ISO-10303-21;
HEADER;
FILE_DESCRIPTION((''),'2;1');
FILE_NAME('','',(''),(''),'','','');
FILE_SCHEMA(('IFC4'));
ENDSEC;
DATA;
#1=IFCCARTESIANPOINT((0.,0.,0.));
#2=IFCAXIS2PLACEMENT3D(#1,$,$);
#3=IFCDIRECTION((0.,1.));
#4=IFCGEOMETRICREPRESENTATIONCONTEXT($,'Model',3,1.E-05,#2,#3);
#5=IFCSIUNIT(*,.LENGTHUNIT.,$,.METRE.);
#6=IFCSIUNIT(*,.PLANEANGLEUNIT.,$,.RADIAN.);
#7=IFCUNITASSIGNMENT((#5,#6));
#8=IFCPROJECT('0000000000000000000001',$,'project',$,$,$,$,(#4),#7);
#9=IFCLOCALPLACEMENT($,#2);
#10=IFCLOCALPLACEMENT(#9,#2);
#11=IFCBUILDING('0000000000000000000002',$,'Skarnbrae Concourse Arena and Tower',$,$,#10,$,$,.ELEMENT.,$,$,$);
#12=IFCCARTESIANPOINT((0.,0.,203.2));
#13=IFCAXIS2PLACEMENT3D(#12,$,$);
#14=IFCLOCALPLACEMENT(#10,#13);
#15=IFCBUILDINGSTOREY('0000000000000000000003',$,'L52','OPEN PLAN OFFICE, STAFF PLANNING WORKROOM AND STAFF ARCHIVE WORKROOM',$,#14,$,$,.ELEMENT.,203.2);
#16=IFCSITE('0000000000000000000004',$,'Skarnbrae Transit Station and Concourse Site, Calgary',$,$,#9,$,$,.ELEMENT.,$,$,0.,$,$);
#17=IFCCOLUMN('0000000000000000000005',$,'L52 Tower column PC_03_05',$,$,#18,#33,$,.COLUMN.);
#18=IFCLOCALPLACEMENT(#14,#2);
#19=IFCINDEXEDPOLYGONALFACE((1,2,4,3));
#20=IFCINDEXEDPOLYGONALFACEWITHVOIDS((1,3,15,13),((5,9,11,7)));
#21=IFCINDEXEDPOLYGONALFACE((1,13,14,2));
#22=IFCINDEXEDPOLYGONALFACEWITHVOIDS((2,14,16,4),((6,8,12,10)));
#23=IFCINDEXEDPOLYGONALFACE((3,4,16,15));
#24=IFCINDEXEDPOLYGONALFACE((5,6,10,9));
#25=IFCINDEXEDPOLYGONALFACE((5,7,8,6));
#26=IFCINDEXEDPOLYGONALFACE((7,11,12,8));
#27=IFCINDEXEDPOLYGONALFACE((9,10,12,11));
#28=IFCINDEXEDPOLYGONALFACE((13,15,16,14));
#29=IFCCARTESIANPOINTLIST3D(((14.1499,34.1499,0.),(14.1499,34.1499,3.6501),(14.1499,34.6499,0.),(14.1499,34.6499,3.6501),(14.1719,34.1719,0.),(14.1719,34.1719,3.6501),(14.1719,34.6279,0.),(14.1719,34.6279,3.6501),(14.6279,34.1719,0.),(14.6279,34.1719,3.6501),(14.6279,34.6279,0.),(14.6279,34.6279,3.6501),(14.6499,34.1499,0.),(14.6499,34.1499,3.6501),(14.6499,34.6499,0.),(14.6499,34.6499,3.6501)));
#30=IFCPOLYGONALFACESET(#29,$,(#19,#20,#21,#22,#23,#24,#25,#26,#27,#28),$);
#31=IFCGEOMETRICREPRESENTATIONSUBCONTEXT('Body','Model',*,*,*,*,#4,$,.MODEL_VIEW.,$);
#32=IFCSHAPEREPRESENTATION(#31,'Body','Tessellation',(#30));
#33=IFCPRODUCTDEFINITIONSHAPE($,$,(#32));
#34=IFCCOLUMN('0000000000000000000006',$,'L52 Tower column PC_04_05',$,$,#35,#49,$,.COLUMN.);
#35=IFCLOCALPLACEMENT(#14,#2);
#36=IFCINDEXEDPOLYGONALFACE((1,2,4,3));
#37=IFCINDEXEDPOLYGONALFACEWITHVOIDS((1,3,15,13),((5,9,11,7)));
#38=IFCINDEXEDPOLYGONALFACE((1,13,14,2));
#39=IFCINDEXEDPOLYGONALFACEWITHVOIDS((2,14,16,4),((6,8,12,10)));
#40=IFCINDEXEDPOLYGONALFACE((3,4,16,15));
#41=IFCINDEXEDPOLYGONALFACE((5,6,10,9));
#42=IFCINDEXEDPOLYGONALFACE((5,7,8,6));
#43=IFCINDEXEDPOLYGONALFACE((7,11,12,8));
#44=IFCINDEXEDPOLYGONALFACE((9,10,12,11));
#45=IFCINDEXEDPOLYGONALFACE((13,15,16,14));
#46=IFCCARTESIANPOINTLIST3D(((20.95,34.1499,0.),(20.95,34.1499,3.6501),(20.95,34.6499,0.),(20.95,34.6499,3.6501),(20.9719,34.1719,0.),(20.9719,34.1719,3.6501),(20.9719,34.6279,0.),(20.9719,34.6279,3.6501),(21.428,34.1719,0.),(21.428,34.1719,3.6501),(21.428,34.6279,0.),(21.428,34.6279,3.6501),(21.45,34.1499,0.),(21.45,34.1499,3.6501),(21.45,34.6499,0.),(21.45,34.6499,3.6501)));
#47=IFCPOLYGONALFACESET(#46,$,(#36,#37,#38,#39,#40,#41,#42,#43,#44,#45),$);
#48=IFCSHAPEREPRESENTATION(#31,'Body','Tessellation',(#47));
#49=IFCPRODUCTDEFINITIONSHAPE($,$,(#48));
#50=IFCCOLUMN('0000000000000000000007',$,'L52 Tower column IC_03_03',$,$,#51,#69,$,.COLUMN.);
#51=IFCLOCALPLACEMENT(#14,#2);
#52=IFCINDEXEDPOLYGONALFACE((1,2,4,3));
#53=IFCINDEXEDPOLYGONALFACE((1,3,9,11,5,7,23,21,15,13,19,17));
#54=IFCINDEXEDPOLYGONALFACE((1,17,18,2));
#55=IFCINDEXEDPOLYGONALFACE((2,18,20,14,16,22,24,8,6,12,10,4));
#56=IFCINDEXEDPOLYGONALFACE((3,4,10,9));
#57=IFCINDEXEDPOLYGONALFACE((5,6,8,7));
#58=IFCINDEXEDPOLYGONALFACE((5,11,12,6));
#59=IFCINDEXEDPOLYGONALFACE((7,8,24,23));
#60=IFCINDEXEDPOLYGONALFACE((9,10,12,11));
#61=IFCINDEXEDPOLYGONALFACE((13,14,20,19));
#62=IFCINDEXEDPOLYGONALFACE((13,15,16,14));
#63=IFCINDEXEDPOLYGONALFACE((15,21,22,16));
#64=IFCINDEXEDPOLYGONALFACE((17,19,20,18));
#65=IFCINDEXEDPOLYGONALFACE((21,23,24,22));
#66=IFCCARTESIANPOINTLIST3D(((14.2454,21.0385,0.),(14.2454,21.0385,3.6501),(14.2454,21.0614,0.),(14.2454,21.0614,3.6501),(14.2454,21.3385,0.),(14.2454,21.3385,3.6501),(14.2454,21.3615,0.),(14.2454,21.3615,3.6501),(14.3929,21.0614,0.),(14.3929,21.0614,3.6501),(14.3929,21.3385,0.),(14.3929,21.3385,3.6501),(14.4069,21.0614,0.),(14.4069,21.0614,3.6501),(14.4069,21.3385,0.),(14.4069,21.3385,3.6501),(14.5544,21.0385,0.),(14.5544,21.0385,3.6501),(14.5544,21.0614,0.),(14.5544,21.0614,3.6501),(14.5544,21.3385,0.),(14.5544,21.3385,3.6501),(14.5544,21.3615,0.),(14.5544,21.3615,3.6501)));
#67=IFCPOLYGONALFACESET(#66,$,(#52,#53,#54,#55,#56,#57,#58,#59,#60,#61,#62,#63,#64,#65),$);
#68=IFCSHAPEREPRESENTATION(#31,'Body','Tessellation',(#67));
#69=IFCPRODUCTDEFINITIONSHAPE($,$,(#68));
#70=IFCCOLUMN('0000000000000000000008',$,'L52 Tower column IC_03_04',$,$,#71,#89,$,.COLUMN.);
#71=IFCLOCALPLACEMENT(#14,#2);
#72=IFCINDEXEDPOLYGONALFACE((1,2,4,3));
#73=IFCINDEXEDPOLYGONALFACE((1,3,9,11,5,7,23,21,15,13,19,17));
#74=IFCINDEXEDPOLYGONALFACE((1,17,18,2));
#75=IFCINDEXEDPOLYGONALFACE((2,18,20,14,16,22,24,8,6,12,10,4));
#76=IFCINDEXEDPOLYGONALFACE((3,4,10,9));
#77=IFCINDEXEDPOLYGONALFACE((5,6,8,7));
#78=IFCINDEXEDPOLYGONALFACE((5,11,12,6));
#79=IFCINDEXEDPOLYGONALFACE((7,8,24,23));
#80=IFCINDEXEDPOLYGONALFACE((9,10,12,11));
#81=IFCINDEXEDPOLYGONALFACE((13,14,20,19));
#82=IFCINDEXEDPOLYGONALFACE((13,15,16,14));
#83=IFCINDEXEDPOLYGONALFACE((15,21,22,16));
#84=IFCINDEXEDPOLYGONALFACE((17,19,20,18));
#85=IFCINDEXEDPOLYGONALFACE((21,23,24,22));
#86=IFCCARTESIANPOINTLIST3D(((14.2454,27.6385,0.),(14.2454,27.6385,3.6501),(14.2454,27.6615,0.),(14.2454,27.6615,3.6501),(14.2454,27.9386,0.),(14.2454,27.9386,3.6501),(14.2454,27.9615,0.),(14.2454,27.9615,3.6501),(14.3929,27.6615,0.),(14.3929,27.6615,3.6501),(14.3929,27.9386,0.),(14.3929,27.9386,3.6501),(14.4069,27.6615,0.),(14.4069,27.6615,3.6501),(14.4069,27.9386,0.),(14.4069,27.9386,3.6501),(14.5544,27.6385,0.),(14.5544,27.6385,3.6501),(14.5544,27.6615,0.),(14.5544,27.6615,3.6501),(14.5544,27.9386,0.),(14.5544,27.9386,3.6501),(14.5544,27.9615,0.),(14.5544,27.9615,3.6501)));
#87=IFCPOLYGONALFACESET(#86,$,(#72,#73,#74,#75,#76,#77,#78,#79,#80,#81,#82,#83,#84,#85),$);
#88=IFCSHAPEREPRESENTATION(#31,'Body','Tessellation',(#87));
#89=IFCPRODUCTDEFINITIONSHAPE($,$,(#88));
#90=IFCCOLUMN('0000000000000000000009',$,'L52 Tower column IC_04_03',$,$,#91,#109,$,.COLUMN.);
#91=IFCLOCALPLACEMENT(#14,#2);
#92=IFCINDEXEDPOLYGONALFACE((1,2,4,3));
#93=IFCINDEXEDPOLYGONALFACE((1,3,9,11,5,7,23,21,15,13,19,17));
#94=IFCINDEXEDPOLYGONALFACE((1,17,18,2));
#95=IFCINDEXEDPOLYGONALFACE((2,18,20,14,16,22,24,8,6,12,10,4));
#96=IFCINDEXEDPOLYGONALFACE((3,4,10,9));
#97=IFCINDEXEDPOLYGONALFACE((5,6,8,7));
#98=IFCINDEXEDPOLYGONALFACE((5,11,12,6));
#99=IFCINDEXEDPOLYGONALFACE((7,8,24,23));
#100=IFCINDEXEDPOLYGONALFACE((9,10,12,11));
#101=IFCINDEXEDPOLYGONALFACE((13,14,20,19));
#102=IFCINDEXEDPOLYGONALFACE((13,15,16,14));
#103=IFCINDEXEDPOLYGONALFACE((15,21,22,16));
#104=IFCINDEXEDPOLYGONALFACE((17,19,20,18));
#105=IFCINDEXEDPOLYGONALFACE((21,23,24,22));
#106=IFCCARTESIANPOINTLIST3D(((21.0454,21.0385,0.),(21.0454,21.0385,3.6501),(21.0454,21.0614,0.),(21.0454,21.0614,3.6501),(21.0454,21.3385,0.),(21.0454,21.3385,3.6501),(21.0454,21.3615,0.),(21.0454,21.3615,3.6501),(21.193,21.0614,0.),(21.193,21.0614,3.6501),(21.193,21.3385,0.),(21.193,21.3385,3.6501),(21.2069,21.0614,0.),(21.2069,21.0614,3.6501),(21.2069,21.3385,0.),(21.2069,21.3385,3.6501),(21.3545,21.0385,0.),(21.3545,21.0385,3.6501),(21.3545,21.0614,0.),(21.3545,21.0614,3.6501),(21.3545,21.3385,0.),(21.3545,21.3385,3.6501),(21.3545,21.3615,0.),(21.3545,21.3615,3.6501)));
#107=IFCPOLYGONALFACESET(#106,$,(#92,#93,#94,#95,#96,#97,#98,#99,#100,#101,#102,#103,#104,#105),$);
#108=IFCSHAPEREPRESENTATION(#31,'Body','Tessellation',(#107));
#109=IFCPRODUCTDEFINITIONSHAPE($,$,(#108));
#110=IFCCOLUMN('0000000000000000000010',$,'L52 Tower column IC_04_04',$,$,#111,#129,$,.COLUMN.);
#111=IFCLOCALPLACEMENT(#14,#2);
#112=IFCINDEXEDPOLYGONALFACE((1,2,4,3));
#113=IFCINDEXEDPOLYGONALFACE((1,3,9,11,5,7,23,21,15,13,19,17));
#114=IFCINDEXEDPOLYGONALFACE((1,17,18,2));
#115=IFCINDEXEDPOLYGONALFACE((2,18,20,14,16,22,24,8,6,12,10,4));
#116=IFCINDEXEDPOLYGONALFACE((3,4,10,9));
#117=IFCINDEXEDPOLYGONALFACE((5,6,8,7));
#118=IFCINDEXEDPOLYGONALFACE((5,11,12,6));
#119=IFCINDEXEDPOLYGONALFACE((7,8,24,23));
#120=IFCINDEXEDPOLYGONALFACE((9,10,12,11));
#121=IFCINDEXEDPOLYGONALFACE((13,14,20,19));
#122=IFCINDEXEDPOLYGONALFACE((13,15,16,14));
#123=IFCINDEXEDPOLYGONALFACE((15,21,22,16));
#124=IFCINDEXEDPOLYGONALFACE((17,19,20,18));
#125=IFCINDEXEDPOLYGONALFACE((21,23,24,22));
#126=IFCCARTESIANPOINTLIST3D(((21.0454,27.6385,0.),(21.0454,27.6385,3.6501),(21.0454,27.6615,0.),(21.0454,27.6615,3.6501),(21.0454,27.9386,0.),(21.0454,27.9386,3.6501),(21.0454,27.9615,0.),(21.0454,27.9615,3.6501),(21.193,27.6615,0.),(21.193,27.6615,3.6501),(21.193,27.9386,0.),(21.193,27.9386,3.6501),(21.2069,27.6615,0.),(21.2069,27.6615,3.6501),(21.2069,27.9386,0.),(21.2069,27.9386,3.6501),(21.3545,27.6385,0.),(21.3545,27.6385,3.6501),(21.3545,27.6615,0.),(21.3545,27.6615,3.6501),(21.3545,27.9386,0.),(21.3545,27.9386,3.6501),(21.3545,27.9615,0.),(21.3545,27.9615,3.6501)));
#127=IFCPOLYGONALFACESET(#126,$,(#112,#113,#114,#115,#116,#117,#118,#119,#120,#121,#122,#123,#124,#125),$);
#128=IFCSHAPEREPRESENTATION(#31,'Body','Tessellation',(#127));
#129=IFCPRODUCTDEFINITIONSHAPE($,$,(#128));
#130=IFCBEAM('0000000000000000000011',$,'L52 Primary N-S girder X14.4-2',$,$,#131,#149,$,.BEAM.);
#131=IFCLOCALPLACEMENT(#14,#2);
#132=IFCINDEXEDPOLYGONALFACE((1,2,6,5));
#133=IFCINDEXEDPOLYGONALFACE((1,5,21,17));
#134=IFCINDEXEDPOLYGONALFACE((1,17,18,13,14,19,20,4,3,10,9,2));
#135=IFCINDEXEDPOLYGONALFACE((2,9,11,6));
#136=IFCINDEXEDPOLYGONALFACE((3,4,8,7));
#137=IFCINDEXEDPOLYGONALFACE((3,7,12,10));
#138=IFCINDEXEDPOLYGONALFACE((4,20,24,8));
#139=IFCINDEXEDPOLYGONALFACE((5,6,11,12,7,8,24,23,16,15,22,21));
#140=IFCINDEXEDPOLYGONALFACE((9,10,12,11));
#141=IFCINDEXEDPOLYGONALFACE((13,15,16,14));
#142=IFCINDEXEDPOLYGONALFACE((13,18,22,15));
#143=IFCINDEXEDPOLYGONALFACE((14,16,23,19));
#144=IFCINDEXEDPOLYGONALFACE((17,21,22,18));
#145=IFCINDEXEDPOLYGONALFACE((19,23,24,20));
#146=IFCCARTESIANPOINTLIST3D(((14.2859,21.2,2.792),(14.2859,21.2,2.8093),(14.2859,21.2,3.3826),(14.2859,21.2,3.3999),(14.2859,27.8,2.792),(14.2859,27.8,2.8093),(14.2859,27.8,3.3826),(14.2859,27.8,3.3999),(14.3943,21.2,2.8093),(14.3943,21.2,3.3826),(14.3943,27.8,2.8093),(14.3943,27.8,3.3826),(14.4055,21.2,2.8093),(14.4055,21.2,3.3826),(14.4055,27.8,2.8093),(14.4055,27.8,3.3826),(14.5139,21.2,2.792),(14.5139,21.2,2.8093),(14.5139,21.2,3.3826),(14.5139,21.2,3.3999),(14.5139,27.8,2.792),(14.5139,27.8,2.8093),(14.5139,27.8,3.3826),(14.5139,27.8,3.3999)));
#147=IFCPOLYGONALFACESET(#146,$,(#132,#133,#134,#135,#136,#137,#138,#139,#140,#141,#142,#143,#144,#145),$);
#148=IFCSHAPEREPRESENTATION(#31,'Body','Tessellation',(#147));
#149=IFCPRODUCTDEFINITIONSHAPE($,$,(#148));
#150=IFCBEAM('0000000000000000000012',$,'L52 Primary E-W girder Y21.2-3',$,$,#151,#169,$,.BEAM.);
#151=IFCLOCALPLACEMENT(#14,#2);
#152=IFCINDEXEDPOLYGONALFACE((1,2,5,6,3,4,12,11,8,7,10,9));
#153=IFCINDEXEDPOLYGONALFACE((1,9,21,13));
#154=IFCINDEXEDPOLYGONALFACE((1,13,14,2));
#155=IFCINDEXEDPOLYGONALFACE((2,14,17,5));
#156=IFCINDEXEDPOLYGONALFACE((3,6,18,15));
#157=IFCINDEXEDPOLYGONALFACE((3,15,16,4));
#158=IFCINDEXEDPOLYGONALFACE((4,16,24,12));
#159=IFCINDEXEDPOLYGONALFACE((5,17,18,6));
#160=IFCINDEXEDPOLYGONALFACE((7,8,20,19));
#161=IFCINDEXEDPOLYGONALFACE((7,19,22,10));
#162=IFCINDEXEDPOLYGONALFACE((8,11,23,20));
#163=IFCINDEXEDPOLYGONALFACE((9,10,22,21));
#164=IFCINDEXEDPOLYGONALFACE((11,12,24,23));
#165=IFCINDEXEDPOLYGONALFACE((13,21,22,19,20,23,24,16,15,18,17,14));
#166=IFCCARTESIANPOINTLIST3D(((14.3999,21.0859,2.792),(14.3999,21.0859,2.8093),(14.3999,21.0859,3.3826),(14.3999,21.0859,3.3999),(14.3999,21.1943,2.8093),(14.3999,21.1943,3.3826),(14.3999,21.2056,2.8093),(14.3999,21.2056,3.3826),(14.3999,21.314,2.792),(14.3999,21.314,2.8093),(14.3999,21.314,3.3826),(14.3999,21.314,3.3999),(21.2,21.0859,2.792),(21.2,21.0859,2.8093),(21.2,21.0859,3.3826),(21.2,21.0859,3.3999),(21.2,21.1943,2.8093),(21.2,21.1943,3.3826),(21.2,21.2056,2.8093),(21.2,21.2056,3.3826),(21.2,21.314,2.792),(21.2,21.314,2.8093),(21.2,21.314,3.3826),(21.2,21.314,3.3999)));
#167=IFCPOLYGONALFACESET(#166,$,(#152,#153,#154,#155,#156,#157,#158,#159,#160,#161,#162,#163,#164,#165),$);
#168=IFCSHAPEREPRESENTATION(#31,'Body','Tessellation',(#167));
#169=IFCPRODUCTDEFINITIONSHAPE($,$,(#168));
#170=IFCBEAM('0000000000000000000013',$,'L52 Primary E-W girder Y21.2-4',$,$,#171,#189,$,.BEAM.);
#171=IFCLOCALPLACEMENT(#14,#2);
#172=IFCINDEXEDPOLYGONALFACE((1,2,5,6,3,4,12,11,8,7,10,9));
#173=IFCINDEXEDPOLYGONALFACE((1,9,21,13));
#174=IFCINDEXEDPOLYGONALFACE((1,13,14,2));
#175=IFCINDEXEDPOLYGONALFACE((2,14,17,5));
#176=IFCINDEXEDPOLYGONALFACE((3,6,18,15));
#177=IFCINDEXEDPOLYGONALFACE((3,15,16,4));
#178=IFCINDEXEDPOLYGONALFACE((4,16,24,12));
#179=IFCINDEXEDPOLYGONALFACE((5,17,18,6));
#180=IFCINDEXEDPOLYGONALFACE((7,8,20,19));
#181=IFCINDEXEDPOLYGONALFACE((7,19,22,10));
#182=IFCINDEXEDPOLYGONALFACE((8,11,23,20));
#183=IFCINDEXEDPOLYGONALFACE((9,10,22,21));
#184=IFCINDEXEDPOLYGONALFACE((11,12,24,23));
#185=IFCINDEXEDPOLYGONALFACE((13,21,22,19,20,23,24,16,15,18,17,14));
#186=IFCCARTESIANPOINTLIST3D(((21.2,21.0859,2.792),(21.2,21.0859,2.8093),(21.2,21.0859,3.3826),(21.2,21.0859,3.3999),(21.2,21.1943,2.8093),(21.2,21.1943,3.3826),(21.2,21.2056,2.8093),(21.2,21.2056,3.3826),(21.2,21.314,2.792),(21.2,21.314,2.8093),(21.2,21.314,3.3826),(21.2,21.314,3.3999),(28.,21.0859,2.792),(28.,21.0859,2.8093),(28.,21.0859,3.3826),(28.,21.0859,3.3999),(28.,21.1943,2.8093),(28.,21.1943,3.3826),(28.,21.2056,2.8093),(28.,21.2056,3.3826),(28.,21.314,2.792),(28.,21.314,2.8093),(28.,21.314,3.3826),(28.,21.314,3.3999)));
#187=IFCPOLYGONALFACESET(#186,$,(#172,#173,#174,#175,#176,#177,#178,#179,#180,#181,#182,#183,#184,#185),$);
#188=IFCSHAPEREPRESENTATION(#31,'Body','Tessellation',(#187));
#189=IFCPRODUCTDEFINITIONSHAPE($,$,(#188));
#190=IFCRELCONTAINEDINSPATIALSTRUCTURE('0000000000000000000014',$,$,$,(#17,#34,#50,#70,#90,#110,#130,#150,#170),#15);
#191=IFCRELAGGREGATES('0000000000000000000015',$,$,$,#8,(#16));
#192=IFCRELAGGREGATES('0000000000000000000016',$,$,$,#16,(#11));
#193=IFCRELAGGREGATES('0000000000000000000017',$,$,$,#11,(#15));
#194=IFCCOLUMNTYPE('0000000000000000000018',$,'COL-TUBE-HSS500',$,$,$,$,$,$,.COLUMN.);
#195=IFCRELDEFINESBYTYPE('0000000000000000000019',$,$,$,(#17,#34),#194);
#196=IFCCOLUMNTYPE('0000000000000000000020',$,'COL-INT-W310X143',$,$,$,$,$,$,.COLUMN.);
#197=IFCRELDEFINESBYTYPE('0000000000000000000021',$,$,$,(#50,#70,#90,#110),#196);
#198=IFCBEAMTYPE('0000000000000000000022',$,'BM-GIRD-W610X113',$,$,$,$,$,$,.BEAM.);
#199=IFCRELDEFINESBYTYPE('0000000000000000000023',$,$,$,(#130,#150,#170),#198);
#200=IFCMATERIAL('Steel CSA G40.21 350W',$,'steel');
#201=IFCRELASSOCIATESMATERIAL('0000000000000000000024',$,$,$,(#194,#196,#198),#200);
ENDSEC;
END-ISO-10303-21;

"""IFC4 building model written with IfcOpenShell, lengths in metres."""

from ifc_helpers import new_model, si_unit, direction, frame, origin, origin_2d, place, context, subcontext, project, spatial, hollow_rectangle, i_section, extrude, source, transform, mapped, material, material_profile, profile_set, type_object, element, save


model = new_model("IFC4")

# Units and contexts
model_context = context("Model", 3, precision=1e-05, world=origin(), true_north=direction((0.0, 1.0)))
body_context = subcontext(model_context, "Body", "Model", "MODEL_VIEW")
ifc_project = project(units=[si_unit("LENGTHUNIT", "METRE"), si_unit("PLANEANGLEUNIT", "RADIAN")], contexts=[model_context])

# Site, building, storey
site_placement = place(None, origin())
site = spatial("IfcSite", under=ifc_project, at=site_placement, Name="Skarnbrae Transit Station and Concourse Site, Calgary", CompositionType="ELEMENT", RefElevation=0.0)
building_placement = place(site_placement, origin())
building = spatial("IfcBuilding", under=site, at=building_placement, Name="Skarnbrae Concourse Arena and Tower", CompositionType="ELEMENT")
storey_placement = place(building_placement, frame((0.0, 0.0, 203.2)))
storey = spatial("IfcBuildingStorey", under=building, at=storey_placement, Name="L52", Description="OPEN PLAN OFFICE, STAFF PLANNING WORKROOM AND STAFF ARCHIVE WORKROOM", CompositionType="ELEMENT", Elevation=203.2)

# Columns
ifc_material_1 = material(Name="Steel CSA G40.21 350W", Category="steel")
ifc_material_profile_1 = material_profile(ifc_material_1, hollow_rectangle(XDim=0.5, YDim=0.5, WallThickness=0.022, at=origin_2d()), Name="HSS500X500X22.0")
ifc_profile_set_1 = profile_set([ifc_material_profile_1], Name="Steel CSA G40.21 350W")
column_type_1 = type_object("IfcColumnType", Name="COL-TUBE-HSS500", PredefinedType="COLUMN", material=ifc_profile_set_1)
shared_shape_1 = source(origin(), body_context, "Body", "SweptSolid", [
    extrude(hollow_rectangle(XDim=0.5, YDim=0.5, WallThickness=0.022, at=origin_2d()), origin(), (0.0, 0.0, 1.0), 3.6501),
])
for number, where, z_axis, x_axis, name in (
    (1, (14.3999, 34.3999, 0.0), (0.0, 0.0, 1.0), (1.0, 0.0, 0.0), "L52 Tower column PC_03_05"),
    (2, (21.2, 34.3999, 0.0), (0.0, 0.0, 1.0), (1.0, 0.0, 0.0), "L52 Tower column PC_04_05"),
):
    element("IfcColumn", number, at=place(storey_placement, frame(where, z_axis=z_axis, x_axis=x_axis)), inside=storey, type_object=column_type_1, Name=name, PredefinedType="COLUMN", context=body_context, shape_type="MappedRepresentation", body=[
        mapped(shared_shape_1, transform((0.0, 0.0, 0.0))),
    ])
ifc_material_profile_2 = material_profile(ifc_material_1, i_section(OverallWidth=0.3091, OverallDepth=0.323, WebThickness=0.0139, FlangeThickness=0.0229, at=origin_2d()), Name="W310X143")
ifc_profile_set_2 = profile_set([ifc_material_profile_2], Name="Steel CSA G40.21 350W")
column_type_2 = type_object("IfcColumnType", Name="COL-INT-W310X143", PredefinedType="COLUMN", material=ifc_profile_set_2)
shared_shape_2 = source(origin(), body_context, "Body", "SweptSolid", [
    extrude(i_section(OverallWidth=0.3091, OverallDepth=0.323, WebThickness=0.0139, FlangeThickness=0.0229, at=origin_2d()), origin(), (0.0, 0.0, 1.0), 3.6501),
])
for number, where, z_axis, x_axis, name in (
    (3, (14.3999, 21.2, 0.0), (0.0, 0.0, 1.0), (1.0, 0.0, 0.0), "L52 Tower column IC_03_03"),
    (4, (14.3999, 27.8, 0.0), (0.0, 0.0, 1.0), (1.0, 0.0, 0.0), "L52 Tower column IC_03_04"),
    (5, (21.2, 21.2, 0.0), (0.0, 0.0, 1.0), (1.0, 0.0, 0.0), "L52 Tower column IC_04_03"),
    (6, (21.2, 27.8, 0.0), (0.0, 0.0, 1.0), (1.0, 0.0, 0.0), "L52 Tower column IC_04_04"),
):
    element("IfcColumn", number, at=place(storey_placement, frame(where, z_axis=z_axis, x_axis=x_axis)), inside=storey, type_object=column_type_2, Name=name, PredefinedType="COLUMN", context=body_context, shape_type="MappedRepresentation", body=[
        mapped(shared_shape_2, transform((0.0, 0.0, 0.0))),
    ])

# Beams
ifc_material_profile_3 = material_profile(ifc_material_1, i_section(OverallWidth=0.228, OverallDepth=0.6079, WebThickness=0.0112, FlangeThickness=0.0173, at=origin_2d()), Name="W610X113")
ifc_profile_set_3 = profile_set([ifc_material_profile_3], Name="Steel CSA G40.21 350W")
beam_type_1 = type_object("IfcBeamType", Name="BM-GIRD-W610X113", PredefinedType="BEAM", material=ifc_profile_set_3)
shared_shape_3 = source(origin(), body_context, "Body", "SweptSolid", [
    extrude(i_section(OverallWidth=0.228, OverallDepth=0.6079, WebThickness=0.0112, FlangeThickness=0.0173, at=origin_2d()), origin(), (0.0, 0.0, 1.0), 6.6001),
])
beam_1_placement = place(storey_placement, frame((14.3999, 21.2, 3.0959), z_axis=(0.0, 1.0, 0.0), x_axis=(-1.0, 0.0, 0.0)))
element("IfcBeam", 7, at=beam_1_placement, inside=storey, type_object=beam_type_1, Name="L52 Primary N-S girder X14.4-2", PredefinedType="BEAM", context=body_context, shape_type="MappedRepresentation", body=[
    mapped(shared_shape_3, transform((0.0, 0.0, 0.0))),
])
shared_shape_4 = source(origin(), body_context, "Body", "SweptSolid", [
    extrude(i_section(OverallWidth=0.228, OverallDepth=0.6079, WebThickness=0.0112, FlangeThickness=0.0173, at=origin_2d()), origin(), (0.0, 0.0, 1.0), 6.8),
])
for number, where, z_axis, x_axis, name in (
    (8, (14.3999, 21.2, 3.0959), (1.0, 0.0, 0.0), (0.0, 1.0, 0.0), "L52 Primary E-W girder Y21.2-3"),
    (9, (21.2, 21.2, 3.0959), (1.0, 0.0, 0.0), (0.0, 1.0, 0.0), "L52 Primary E-W girder Y21.2-4"),
):
    element("IfcBeam", number, at=place(storey_placement, frame(where, z_axis=z_axis, x_axis=x_axis)), inside=storey, type_object=beam_type_1, Name=name, PredefinedType="BEAM", context=body_context, shape_type="MappedRepresentation", body=[
        mapped(shared_shape_4, transform((0.0, 0.0, 0.0))),
    ])

save(model, "model.ifc")
